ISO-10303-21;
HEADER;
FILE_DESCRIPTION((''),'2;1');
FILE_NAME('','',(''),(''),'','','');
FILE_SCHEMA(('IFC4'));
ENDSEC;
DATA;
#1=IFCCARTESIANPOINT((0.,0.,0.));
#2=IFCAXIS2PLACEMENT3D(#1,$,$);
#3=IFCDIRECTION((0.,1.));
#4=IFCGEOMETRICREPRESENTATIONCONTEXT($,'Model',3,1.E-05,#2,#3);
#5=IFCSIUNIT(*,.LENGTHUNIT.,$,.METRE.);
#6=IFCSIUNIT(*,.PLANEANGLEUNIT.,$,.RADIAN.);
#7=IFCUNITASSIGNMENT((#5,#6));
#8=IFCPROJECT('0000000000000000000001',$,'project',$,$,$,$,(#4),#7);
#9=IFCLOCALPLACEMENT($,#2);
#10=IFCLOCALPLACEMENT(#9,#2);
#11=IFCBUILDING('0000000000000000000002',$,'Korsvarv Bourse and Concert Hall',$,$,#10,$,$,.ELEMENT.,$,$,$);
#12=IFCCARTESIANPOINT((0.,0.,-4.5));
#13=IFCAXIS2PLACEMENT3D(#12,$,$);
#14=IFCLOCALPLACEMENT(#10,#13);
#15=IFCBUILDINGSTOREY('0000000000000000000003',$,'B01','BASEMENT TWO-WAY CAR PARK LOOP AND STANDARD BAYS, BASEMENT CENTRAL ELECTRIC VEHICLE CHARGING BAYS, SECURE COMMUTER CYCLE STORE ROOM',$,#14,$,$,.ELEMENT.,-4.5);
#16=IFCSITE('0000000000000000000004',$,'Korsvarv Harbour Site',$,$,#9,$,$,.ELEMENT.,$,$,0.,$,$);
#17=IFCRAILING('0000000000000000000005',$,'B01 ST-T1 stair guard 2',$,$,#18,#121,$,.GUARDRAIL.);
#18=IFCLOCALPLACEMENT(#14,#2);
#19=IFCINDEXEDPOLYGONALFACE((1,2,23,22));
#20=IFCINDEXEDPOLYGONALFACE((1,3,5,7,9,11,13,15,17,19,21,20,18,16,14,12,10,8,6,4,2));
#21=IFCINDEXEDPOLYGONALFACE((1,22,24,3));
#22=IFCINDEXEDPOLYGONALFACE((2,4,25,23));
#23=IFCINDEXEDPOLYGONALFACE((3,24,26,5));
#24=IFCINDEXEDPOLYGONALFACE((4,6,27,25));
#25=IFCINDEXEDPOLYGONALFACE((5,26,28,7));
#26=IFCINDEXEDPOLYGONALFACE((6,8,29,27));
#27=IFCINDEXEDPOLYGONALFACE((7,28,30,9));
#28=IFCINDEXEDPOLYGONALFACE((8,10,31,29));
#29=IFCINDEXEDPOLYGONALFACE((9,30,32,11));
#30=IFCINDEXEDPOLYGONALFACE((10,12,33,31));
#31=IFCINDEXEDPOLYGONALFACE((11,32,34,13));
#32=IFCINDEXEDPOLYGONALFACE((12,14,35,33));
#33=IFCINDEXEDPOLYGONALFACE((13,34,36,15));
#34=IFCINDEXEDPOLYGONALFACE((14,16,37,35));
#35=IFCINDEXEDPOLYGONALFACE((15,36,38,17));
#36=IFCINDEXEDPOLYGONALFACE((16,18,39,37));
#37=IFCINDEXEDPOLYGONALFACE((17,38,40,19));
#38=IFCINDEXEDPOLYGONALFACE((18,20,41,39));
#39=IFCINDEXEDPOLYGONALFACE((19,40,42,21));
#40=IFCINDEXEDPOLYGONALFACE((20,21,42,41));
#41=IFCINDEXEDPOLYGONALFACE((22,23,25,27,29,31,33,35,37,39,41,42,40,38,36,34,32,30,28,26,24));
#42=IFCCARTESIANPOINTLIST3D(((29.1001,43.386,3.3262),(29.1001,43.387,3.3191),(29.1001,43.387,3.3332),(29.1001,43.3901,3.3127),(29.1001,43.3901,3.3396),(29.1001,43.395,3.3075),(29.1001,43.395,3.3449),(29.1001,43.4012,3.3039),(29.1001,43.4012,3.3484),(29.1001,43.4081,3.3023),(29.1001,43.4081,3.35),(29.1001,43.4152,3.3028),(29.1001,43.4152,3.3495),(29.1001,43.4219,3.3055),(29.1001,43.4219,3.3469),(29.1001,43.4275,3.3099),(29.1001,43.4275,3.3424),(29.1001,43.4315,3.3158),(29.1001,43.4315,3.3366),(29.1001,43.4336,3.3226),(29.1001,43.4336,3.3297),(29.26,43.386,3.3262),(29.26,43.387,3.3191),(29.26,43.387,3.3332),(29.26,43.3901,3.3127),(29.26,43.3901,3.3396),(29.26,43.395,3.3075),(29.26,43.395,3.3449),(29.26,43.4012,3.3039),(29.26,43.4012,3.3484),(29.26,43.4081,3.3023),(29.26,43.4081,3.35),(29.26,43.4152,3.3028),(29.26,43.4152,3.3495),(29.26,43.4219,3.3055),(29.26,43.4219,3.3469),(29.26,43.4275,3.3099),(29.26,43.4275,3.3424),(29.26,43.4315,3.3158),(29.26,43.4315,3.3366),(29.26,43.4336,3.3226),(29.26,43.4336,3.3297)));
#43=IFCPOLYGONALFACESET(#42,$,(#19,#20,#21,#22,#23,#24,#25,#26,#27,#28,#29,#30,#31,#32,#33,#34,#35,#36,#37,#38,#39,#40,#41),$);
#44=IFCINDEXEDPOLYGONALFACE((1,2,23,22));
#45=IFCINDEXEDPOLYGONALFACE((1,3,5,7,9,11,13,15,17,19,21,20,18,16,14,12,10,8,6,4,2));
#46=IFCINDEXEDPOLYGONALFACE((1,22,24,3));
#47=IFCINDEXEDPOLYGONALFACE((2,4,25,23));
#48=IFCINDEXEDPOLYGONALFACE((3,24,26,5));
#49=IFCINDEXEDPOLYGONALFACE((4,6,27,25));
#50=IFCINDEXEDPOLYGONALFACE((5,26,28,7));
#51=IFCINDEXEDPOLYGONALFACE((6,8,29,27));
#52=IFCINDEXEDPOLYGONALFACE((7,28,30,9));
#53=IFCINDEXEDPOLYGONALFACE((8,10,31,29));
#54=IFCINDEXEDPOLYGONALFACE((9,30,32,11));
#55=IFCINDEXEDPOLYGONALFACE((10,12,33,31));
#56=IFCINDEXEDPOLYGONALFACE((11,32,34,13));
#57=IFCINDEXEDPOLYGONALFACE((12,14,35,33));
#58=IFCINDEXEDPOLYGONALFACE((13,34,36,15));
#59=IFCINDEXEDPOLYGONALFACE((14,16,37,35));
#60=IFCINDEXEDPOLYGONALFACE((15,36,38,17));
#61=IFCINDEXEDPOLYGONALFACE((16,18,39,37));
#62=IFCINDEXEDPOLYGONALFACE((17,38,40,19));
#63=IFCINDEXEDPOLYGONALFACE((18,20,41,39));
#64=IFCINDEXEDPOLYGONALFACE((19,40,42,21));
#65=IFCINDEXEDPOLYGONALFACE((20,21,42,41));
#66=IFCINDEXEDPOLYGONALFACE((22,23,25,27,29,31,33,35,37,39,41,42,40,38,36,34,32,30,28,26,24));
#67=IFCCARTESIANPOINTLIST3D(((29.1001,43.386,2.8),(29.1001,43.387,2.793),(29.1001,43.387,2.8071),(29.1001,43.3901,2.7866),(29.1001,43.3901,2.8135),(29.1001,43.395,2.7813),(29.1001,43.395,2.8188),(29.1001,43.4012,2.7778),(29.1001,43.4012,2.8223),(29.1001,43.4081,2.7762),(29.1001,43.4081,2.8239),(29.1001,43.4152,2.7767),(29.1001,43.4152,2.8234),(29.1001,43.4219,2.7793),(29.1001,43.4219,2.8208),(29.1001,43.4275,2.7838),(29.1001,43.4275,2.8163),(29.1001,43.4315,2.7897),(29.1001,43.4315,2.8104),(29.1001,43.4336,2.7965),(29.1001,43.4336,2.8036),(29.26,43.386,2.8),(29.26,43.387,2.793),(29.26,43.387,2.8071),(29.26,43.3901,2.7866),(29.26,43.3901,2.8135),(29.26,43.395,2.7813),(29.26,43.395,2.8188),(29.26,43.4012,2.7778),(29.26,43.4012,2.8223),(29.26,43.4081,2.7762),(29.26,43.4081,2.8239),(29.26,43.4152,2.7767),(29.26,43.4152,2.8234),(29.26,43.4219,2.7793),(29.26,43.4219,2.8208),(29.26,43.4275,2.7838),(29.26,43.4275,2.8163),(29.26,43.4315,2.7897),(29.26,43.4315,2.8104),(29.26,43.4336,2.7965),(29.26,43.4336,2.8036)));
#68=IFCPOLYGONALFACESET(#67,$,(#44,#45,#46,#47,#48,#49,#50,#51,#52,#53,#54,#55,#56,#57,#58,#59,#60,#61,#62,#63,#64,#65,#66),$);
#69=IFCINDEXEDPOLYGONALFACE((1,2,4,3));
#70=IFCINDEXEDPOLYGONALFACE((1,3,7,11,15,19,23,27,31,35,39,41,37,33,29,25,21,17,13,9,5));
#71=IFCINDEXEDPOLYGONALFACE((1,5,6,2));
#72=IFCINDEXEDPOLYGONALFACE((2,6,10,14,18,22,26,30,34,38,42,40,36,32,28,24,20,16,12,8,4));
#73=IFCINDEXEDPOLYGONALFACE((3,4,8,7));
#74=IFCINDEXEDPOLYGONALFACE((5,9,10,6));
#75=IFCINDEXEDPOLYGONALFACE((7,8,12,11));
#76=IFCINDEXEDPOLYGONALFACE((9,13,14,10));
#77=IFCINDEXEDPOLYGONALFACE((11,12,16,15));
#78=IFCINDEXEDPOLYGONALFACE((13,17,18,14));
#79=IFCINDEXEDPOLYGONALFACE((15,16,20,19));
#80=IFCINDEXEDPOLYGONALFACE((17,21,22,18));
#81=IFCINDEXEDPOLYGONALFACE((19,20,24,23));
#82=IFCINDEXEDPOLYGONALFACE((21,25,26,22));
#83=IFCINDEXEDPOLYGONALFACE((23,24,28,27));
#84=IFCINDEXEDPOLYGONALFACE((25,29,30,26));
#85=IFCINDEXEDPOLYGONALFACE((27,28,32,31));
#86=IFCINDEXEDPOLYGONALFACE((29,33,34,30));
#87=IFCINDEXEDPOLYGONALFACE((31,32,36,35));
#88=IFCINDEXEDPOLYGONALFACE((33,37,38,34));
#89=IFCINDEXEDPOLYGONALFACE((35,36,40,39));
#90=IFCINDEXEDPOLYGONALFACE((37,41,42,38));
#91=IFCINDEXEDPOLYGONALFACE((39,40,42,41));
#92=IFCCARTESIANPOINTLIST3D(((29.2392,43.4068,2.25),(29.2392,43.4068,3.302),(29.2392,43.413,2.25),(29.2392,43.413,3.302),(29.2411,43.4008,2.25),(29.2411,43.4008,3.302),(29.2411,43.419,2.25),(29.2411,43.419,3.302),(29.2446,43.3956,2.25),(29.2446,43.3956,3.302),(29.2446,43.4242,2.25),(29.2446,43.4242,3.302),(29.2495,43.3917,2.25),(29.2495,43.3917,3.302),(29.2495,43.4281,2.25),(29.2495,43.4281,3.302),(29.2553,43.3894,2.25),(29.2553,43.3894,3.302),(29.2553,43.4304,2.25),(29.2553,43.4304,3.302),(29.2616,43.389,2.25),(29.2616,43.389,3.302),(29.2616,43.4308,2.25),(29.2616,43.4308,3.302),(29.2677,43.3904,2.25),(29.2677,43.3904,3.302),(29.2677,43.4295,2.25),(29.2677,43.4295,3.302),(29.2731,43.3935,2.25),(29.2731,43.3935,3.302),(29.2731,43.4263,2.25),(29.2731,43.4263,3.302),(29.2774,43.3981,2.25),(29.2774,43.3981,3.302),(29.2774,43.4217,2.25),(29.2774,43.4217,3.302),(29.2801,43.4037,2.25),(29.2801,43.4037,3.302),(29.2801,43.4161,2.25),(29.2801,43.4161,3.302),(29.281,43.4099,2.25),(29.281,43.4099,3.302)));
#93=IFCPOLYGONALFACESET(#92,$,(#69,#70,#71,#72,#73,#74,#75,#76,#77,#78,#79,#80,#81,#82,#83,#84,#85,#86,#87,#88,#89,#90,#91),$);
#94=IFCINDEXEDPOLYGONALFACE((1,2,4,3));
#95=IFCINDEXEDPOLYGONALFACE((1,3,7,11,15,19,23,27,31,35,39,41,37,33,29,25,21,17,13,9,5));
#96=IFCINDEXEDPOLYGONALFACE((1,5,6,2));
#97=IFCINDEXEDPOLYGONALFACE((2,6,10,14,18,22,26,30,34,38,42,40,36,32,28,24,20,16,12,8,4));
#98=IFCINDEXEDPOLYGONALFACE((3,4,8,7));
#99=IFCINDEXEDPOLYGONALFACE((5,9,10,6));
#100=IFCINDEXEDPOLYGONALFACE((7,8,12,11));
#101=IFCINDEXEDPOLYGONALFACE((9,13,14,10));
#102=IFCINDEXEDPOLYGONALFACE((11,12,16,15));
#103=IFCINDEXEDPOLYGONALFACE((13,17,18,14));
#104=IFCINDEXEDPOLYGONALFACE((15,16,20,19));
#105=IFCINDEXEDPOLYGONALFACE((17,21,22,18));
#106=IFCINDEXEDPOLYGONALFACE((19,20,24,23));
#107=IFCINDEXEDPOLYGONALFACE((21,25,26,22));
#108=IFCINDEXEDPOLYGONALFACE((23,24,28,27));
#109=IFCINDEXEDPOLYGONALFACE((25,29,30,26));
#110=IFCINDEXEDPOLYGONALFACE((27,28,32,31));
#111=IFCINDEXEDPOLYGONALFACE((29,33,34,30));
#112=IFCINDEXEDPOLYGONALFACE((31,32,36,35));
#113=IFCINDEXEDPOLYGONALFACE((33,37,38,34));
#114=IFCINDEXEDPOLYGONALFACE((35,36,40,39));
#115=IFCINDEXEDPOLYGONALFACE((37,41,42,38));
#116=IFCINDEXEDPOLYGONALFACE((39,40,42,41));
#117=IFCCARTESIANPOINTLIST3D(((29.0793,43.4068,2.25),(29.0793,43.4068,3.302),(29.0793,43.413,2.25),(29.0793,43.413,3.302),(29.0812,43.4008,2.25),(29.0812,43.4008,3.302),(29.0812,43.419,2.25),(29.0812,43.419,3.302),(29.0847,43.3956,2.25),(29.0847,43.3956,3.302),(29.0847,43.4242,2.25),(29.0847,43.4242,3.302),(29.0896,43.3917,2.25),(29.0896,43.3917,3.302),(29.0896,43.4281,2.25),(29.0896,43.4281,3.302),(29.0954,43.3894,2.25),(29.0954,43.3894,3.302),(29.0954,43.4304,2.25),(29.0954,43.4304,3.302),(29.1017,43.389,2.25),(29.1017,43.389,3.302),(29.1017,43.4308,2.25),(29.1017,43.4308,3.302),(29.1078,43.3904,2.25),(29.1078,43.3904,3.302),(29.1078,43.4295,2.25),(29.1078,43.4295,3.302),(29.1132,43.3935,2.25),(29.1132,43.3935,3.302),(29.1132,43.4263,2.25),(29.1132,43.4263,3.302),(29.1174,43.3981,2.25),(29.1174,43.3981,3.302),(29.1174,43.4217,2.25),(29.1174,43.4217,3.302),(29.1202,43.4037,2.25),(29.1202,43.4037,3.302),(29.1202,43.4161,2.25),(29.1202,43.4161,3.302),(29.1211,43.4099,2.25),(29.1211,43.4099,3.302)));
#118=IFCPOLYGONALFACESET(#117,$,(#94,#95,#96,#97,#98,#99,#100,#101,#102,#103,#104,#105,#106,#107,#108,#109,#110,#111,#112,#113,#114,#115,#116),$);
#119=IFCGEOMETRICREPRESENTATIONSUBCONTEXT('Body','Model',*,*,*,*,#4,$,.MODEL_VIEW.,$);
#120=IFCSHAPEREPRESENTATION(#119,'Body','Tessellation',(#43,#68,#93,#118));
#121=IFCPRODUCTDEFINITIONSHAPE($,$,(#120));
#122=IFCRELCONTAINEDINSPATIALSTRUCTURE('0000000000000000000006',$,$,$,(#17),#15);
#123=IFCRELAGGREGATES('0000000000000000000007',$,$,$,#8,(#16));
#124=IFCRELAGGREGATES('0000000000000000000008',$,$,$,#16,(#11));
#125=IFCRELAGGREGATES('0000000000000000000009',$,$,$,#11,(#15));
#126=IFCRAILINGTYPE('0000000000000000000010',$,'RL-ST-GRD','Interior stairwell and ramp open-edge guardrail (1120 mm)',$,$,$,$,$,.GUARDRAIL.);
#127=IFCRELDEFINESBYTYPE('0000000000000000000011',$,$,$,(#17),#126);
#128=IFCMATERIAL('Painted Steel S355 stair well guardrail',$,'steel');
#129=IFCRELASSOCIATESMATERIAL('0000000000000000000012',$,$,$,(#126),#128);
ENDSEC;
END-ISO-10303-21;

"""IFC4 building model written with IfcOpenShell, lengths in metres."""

from ifc_helpers import new_model, si_unit, direction, frame, origin, origin_2d, place, context, subcontext, project, spatial, circle, extrude, material, type_object, element, save


model = new_model("IFC4")

# Units and contexts
model_context = context("Model", 3, precision=1e-05, world=origin(), true_north=direction((0.0, 1.0)))
body_context = subcontext(model_context, "Body", "Model", "MODEL_VIEW")
ifc_project = project(units=[si_unit("LENGTHUNIT", "METRE"), si_unit("PLANEANGLEUNIT", "RADIAN")], contexts=[model_context])

# Site, building, storey
site_placement = place(None, origin())
site = spatial("IfcSite", under=ifc_project, at=site_placement, Name="Korsvarv Harbour Site", CompositionType="ELEMENT", RefElevation=0.0)
building_placement = place(site_placement, origin())
building = spatial("IfcBuilding", under=site, at=building_placement, Name="Korsvarv Bourse and Concert Hall", CompositionType="ELEMENT")
storey_placement = place(building_placement, frame((0.0, 0.0, -4.5)))
storey = spatial("IfcBuildingStorey", under=building, at=storey_placement, Name="B01", Description="BASEMENT TWO-WAY CAR PARK LOOP AND STANDARD BAYS, BASEMENT CENTRAL ELECTRIC VEHICLE CHARGING BAYS, SECURE COMMUTER CYCLE STORE ROOM", CompositionType="ELEMENT", Elevation=-4.5)

# Railing
ifc_material_1 = material(Name="Painted Steel S355 stair well guardrail", Category="steel")
railing_type_1 = type_object("IfcRailingType", Name="RL-ST-GRD", Description="Interior stairwell and ramp open-edge guardrail (1120 mm)", PredefinedType="GUARDRAIL", material=ifc_material_1)
railing_1_placement = place(storey_placement, frame((29.26, 43.4099, 2.25)))
element("IfcRailing", 1, at=railing_1_placement, inside=storey, type_object=railing_type_1, Name="B01 ST-T1 stair guard 2", PredefinedType="GUARDRAIL", context=body_context, shape_type="SweptSolid", body=[
    extrude(circle(Radius=0.0239, at=origin_2d()), frame((0.0, 0.0, 1.0762), z_axis=(-1.0, 0.0, 0.0), x_axis=(0.0, -1.0, 0.0)), (0.0, 0.0, 1.0), 0.1599),
    extrude(circle(Radius=0.0239, at=origin_2d()), frame((0.0, 0.0, 0.55), z_axis=(-1.0, 0.0, 0.0), x_axis=(0.0, -1.0, 0.0)), (0.0, 0.0, 1.0), 0.1599),
    extrude(circle(Radius=0.021, at=origin_2d()), origin(), (0.0, 0.0, 1.0), 1.052),
    extrude(circle(Radius=0.021, at=origin_2d()), frame((-0.1599, 0.0, 0.0)), (0.0, 0.0, 1.0), 1.052),
])

save(model, "model.ifc")
